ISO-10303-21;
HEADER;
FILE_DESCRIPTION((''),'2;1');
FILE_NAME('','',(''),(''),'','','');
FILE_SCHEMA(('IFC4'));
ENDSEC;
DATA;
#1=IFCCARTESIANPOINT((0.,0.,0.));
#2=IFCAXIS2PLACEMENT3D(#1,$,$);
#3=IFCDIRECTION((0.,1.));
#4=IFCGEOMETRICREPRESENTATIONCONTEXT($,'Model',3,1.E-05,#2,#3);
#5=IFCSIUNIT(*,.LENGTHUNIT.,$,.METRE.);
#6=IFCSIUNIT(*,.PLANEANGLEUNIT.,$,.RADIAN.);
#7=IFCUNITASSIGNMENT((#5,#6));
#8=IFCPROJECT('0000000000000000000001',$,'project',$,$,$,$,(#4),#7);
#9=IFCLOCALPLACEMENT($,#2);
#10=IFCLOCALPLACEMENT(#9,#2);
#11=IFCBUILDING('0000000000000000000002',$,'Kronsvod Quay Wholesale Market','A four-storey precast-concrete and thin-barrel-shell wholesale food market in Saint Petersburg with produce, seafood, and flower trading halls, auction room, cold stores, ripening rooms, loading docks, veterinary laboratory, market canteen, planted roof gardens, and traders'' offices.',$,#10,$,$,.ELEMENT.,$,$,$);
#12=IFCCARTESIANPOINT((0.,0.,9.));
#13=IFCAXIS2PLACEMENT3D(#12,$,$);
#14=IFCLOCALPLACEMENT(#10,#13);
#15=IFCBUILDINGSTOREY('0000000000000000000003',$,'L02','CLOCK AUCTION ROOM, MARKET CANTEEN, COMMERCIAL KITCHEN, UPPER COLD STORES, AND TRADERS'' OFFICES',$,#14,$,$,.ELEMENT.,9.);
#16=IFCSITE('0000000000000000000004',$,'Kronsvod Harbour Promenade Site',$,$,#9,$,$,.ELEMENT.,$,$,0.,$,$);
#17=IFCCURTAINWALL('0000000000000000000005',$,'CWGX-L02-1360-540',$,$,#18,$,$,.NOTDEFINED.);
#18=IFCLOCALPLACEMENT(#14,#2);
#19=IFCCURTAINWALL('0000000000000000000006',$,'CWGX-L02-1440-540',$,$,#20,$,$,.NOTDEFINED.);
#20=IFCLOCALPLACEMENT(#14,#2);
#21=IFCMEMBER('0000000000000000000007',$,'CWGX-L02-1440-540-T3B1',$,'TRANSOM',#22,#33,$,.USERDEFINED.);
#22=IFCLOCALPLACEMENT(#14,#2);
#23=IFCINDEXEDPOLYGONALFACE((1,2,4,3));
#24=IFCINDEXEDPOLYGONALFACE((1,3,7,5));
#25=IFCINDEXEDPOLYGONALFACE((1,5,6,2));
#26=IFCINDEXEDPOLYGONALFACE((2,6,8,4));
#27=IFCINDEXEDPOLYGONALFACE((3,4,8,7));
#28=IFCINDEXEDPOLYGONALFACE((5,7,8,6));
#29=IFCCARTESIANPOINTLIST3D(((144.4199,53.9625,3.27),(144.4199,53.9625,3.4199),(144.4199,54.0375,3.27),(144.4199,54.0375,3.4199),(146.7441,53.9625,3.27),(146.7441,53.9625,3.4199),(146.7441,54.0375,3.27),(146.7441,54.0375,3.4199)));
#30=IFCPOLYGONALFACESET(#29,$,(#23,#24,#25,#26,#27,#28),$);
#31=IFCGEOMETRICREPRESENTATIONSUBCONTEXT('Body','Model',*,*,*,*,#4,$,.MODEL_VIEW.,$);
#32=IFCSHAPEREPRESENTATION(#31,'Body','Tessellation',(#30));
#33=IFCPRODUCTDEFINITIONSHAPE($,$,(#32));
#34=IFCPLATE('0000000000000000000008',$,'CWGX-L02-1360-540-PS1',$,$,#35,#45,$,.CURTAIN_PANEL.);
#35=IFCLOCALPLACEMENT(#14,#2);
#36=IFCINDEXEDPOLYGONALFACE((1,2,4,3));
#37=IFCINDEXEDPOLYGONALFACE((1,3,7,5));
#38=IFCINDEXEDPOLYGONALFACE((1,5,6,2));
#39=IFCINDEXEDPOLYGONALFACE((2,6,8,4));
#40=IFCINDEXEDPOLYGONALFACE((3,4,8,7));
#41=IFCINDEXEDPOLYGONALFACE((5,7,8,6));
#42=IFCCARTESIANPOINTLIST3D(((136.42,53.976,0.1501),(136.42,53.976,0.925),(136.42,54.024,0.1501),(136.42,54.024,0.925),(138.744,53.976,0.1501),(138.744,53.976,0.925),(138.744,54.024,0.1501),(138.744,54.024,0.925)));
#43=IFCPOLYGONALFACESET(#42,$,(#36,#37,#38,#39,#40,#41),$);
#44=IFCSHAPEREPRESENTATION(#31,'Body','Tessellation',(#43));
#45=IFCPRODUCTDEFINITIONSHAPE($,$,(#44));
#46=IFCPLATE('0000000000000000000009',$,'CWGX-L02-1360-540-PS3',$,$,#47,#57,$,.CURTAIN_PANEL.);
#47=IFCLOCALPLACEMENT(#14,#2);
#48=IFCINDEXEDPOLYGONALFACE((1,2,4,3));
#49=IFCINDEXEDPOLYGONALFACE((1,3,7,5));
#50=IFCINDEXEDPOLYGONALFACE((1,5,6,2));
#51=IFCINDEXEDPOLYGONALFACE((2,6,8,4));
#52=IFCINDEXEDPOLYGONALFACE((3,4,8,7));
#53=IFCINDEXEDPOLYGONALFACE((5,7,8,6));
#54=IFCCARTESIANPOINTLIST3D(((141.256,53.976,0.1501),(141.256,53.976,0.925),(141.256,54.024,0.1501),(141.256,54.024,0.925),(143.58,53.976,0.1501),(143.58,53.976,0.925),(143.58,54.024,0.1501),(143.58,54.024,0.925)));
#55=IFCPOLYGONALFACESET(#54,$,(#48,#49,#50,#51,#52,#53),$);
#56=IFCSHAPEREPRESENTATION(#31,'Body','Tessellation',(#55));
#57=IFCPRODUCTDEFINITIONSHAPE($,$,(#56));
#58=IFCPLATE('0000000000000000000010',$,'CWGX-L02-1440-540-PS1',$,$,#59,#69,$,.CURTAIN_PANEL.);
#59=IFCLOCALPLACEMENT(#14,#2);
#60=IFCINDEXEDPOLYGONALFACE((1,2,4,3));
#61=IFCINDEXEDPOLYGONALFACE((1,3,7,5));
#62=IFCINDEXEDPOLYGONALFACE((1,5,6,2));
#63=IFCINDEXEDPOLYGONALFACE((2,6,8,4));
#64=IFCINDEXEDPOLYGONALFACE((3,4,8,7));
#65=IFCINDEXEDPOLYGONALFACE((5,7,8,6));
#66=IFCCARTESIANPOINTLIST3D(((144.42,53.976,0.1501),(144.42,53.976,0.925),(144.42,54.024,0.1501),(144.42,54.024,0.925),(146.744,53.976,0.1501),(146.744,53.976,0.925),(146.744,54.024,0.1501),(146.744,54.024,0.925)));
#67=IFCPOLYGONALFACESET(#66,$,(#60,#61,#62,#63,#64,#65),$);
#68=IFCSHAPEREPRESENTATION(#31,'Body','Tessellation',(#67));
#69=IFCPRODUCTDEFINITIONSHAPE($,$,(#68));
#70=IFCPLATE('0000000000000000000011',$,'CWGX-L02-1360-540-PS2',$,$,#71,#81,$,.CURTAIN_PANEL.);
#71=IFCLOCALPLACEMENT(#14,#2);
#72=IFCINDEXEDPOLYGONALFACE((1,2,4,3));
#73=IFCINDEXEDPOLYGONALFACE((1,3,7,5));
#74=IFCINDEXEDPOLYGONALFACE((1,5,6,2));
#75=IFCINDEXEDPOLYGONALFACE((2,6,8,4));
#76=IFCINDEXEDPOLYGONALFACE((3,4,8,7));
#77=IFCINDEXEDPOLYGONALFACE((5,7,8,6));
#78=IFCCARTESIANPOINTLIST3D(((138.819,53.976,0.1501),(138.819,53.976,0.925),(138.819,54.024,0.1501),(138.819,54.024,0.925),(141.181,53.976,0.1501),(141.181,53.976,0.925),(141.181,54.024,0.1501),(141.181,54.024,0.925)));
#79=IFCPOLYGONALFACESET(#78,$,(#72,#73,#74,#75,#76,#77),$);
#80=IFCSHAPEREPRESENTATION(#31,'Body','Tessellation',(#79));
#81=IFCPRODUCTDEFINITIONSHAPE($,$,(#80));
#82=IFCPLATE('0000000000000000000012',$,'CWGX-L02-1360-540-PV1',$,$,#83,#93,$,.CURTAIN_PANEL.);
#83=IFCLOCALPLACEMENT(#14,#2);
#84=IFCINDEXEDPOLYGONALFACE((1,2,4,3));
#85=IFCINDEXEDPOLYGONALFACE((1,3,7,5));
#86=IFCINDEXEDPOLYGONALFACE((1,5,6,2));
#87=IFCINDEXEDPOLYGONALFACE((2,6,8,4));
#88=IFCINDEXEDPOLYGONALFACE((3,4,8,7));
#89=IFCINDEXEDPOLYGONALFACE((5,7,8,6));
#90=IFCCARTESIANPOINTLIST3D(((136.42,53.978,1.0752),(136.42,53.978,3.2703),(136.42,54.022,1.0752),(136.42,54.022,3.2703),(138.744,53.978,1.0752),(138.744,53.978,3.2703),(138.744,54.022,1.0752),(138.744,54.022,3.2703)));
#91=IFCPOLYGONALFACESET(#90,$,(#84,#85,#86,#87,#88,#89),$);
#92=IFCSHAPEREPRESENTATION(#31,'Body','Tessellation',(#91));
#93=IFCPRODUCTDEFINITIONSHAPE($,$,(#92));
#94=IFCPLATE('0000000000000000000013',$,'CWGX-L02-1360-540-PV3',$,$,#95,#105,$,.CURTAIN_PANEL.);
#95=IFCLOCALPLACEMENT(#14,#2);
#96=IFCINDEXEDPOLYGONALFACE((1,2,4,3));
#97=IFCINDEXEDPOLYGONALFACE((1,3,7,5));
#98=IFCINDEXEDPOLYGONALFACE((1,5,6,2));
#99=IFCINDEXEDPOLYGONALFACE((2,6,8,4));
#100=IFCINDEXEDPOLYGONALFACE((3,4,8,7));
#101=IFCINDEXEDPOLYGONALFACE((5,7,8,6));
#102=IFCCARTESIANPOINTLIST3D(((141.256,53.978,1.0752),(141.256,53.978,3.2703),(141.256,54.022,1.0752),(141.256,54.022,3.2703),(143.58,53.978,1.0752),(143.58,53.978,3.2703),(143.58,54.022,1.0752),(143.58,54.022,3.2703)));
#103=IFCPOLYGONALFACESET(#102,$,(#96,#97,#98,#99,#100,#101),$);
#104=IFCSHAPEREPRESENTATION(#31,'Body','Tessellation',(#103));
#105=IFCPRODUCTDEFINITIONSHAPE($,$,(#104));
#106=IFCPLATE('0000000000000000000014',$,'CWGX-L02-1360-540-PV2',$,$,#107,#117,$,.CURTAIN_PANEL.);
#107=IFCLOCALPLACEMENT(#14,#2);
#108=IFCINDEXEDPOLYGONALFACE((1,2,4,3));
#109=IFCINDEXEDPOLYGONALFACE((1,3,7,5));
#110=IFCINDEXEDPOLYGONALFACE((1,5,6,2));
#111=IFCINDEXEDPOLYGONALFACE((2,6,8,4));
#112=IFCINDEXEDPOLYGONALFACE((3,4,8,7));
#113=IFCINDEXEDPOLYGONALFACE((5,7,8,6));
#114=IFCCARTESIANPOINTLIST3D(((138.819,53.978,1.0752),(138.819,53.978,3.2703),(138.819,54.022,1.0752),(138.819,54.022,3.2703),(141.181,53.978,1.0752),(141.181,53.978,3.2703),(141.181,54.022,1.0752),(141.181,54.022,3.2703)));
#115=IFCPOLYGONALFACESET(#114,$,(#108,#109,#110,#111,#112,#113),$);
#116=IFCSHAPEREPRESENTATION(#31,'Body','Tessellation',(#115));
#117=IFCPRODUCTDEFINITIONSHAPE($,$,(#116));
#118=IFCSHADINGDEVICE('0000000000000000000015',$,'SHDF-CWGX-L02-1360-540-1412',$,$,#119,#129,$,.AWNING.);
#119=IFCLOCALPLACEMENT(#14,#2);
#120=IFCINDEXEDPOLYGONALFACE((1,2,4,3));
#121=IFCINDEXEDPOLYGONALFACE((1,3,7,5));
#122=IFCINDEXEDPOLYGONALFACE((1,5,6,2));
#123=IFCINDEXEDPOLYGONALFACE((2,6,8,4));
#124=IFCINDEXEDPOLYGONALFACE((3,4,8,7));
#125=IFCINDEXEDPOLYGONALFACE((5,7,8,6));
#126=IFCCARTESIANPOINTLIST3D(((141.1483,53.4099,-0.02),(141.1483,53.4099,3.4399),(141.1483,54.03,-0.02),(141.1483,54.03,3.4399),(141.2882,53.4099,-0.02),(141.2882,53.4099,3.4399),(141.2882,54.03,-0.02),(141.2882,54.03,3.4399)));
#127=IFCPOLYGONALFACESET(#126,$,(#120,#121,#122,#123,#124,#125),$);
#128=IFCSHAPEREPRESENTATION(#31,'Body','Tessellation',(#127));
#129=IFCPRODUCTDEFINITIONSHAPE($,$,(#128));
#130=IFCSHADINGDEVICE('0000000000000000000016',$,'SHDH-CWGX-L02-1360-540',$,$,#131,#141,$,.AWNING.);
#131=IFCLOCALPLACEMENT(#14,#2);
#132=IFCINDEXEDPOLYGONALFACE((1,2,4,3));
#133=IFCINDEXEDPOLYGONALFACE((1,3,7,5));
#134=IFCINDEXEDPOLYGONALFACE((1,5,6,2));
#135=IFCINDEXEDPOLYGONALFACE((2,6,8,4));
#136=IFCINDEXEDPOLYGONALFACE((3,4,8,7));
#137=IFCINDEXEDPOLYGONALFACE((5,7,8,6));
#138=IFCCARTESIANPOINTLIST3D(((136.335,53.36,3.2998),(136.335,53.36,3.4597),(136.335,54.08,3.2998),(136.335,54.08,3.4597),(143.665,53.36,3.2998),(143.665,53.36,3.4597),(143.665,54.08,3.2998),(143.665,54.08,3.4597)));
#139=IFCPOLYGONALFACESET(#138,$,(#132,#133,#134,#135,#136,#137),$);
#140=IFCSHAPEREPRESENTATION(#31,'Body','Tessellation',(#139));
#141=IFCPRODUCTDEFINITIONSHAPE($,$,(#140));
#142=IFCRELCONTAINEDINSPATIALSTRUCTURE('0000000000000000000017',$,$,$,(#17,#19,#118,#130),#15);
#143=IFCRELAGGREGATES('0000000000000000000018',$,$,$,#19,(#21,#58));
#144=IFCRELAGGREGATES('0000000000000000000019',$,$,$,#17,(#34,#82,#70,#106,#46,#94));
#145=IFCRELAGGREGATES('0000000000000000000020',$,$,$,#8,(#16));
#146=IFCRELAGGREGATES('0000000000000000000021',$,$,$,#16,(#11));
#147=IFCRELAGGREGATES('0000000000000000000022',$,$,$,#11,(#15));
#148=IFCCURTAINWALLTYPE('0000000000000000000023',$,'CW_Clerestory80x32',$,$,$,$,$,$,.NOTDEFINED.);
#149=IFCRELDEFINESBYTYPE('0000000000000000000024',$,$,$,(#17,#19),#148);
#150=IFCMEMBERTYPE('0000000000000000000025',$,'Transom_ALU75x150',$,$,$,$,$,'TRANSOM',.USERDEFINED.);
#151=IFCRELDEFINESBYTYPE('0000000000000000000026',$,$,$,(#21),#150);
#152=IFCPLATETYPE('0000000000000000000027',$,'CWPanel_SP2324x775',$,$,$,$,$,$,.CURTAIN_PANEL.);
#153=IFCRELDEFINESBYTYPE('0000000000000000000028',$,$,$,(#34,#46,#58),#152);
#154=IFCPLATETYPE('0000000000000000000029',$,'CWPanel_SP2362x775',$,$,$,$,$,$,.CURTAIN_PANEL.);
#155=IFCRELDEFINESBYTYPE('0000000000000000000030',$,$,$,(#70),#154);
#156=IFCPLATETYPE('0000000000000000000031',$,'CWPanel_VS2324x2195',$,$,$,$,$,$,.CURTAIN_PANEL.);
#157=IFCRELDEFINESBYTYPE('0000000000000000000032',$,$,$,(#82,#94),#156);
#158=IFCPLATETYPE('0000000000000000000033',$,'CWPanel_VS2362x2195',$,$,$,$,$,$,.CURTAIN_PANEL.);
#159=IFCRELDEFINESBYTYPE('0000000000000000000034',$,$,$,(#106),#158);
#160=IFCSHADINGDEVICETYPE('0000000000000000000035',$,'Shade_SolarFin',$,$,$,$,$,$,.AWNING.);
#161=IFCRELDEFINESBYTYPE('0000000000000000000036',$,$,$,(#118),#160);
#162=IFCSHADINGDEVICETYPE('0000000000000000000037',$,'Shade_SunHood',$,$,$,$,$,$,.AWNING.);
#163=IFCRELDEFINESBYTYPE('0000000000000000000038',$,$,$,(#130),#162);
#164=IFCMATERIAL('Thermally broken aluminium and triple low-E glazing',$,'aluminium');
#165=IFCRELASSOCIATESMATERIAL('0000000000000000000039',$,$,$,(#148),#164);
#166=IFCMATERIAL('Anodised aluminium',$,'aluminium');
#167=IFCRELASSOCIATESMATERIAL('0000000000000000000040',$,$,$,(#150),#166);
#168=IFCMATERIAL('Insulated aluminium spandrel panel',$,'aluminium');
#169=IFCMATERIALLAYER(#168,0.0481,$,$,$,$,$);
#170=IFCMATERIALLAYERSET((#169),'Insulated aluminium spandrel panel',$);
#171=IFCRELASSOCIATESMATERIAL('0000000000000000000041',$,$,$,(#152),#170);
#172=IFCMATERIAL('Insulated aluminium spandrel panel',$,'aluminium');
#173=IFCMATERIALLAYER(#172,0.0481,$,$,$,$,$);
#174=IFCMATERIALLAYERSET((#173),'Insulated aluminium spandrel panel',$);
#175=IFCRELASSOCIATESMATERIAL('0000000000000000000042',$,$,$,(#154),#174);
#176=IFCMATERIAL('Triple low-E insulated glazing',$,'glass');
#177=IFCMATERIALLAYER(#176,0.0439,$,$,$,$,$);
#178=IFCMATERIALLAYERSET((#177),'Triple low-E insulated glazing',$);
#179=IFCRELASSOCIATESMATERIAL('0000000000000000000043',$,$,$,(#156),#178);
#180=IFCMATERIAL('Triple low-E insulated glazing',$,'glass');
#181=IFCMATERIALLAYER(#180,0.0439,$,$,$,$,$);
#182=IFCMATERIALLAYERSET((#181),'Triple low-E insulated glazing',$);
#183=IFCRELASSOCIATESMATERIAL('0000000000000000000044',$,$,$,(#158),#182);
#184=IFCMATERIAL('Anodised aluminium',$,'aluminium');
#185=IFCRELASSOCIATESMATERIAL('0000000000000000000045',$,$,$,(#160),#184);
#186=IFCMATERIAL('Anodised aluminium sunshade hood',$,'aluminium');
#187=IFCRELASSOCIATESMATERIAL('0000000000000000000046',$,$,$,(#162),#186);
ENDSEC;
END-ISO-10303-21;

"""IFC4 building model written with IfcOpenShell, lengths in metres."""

from ifc_helpers import new_model, si_unit, direction, frame, origin, origin_2d, place, context, subcontext, project, spatial, rectangle, extrude, material, layer, layer_set, material_profile, profile_set, type_object, element, aggregate, save


model = new_model("IFC4")

# Units and contexts
model_context = context("Model", 3, precision=1e-05, world=origin(), true_north=direction((0.0, 1.0)))
body_context = subcontext(model_context, "Body", "Model", "MODEL_VIEW")
ifc_project = project(units=[si_unit("LENGTHUNIT", "METRE"), si_unit("PLANEANGLEUNIT", "RADIAN")], contexts=[model_context])

# Site, building, storey
site_placement = place(None, origin())
site = spatial("IfcSite", under=ifc_project, at=site_placement, Name="Kronsvod Harbour Promenade Site", CompositionType="ELEMENT", RefElevation=0.0)
building_placement = place(site_placement, origin())
building = spatial("IfcBuilding", under=site, at=building_placement, Name="Kronsvod Quay Wholesale Market", Description="A four-storey precast-concrete and thin-barrel-shell wholesale food market in Saint Petersburg with produce, seafood, and flower trading halls, auction room, cold stores, ripening rooms, loading docks, veterinary laboratory, market canteen, planted roof gardens, and traders' offices.", CompositionType="ELEMENT")
storey_placement = place(building_placement, frame((0.0, 0.0, 9.0)))
storey = spatial("IfcBuildingStorey", under=building, at=storey_placement, Name="L02", Description="CLOCK AUCTION ROOM, MARKET CANTEEN, COMMERCIAL KITCHEN, UPPER COLD STORES, AND TRADERS' OFFICES", CompositionType="ELEMENT", Elevation=9.0)

# Curtain wall
ifc_material_1 = material(Name="Thermally broken aluminium and triple low-E glazing", Category="aluminium")
curtain_wall_type = type_object("IfcCurtainWallType", Name="CW_Clerestory80x32", PredefinedType="NOTDEFINED", material=ifc_material_1)
curtain_wall_1_placement = place(storey_placement, origin())
curtain_wall_1 = element("IfcCurtainWall", 1, at=curtain_wall_1_placement, inside=storey, type_object=curtain_wall_type, Name="CWGX-L02-1360-540", PredefinedType="NOTDEFINED")

# Curtain wall
curtain_wall_2_placement = place(storey_placement, origin())
curtain_wall_2 = element("IfcCurtainWall", 2, at=curtain_wall_2_placement, inside=storey, type_object=curtain_wall_type, Name="CWGX-L02-1440-540", PredefinedType="NOTDEFINED")

# Member
ifc_material_2 = material(Name="Anodised aluminium", Category="aluminium")
ifc_material_profile_1 = material_profile(ifc_material_2, rectangle(XDim=0.075, YDim=0.1499, at=origin_2d()), Name="ALUT75x150")
ifc_profile_set_1 = profile_set([ifc_material_profile_1], Name="Anodised aluminium")
member_type_1 = type_object("IfcMemberType", Name="Transom_ALU75x150", ElementType="TRANSOM", PredefinedType="USERDEFINED", material=ifc_profile_set_1)
member_1_placement = place(storey_placement, frame((144.4199, 54.0, 3.345), z_axis=(1.0, 0.0, 0.0), x_axis=(0.0, 1.0, 0.0)))
member_1 = element("IfcMember", 3, at=member_1_placement, type_object=member_type_1, Name="CWGX-L02-1440-540-T3B1", ObjectType="TRANSOM", PredefinedType="USERDEFINED", context=body_context, shape_type="SweptSolid", body=[
    extrude(rectangle(XDim=0.075, YDim=0.1499, at=origin_2d()), origin(), (0.0, 0.0, 1.0), 2.3242),
])

# Plates
ifc_material_3 = material(Name="Insulated aluminium spandrel panel", Category="aluminium")
ifc_layer_1 = layer(ifc_material_3, 0.0481)
ifc_layer_set_1 = layer_set([ifc_layer_1], Name="Insulated aluminium spandrel panel")
plate_type_1 = type_object("IfcPlateType", Name="CWPanel_SP2324x775", PredefinedType="CURTAIN_PANEL", material=ifc_layer_set_1)
plate_1_placement = place(storey_placement, frame((137.582, 54.0, 0.1501), z_axis=(0.0, 0.0, 1.0), x_axis=(1.0, 0.0, 0.0)))
plate_1 = element("IfcPlate", 4, at=plate_1_placement, type_object=plate_type_1, Name="CWGX-L02-1360-540-PS1", PredefinedType="CURTAIN_PANEL", context=body_context, shape_type="SweptSolid", body=[
    extrude(rectangle(XDim=2.324, YDim=0.0481, at=origin_2d()), origin(), (0.0, 0.0, 1.0), 0.7749),
])
plate_2_placement = place(storey_placement, frame((142.418, 54.0, 0.1501), z_axis=(0.0, 0.0, 1.0), x_axis=(1.0, 0.0, 0.0)))
plate_2 = element("IfcPlate", 5, at=plate_2_placement, type_object=plate_type_1, Name="CWGX-L02-1360-540-PS3", PredefinedType="CURTAIN_PANEL", context=body_context, shape_type="SweptSolid", body=[
    extrude(rectangle(XDim=2.324, YDim=0.0481, at=origin_2d()), origin(), (0.0, 0.0, 1.0), 0.7749),
])
plate_3_placement = place(storey_placement, frame((145.582, 54.0, 0.1501), z_axis=(0.0, 0.0, 1.0), x_axis=(1.0, 0.0, 0.0)))
plate_3 = element("IfcPlate", 6, at=plate_3_placement, type_object=plate_type_1, Name="CWGX-L02-1440-540-PS1", PredefinedType="CURTAIN_PANEL", context=body_context, shape_type="SweptSolid", body=[
    extrude(rectangle(XDim=2.324, YDim=0.0481, at=origin_2d()), origin(), (0.0, 0.0, 1.0), 0.7749),
])
aggregate(curtain_wall_2, [member_1, plate_3])
ifc_material_4 = material(Name="Insulated aluminium spandrel panel", Category="aluminium")
ifc_layer_2 = layer(ifc_material_4, 0.0481)
ifc_layer_set_2 = layer_set([ifc_layer_2], Name="Insulated aluminium spandrel panel")
plate_type_2 = type_object("IfcPlateType", Name="CWPanel_SP2362x775", PredefinedType="CURTAIN_PANEL", material=ifc_layer_set_2)
plate_4_placement = place(storey_placement, frame((140.0, 54.0, 0.1501), z_axis=(0.0, 0.0, 1.0), x_axis=(1.0, 0.0, 0.0)))
plate_4 = element("IfcPlate", 7, at=plate_4_placement, type_object=plate_type_2, Name="CWGX-L02-1360-540-PS2", PredefinedType="CURTAIN_PANEL", context=body_context, shape_type="SweptSolid", body=[
    extrude(rectangle(XDim=2.3621, YDim=0.0481, at=origin_2d()), origin(), (0.0, 0.0, 1.0), 0.7749),
])
ifc_material_5 = material(Name="Triple low-E insulated glazing", Category="glass")
ifc_layer_3 = layer(ifc_material_5, 0.0439)
ifc_layer_set_3 = layer_set([ifc_layer_3], Name="Triple low-E insulated glazing")
plate_type_3 = type_object("IfcPlateType", Name="CWPanel_VS2324x2195", PredefinedType="CURTAIN_PANEL", material=ifc_layer_set_3)
plate_5_placement = place(storey_placement, frame((137.582, 54.0, 1.0752), z_axis=(0.0, 0.0, 1.0), x_axis=(1.0, 0.0, 0.0)))
plate_5 = element("IfcPlate", 8, at=plate_5_placement, type_object=plate_type_3, Name="CWGX-L02-1360-540-PV1", PredefinedType="CURTAIN_PANEL", context=body_context, shape_type="SweptSolid", body=[
    extrude(rectangle(XDim=2.324, YDim=0.0439, at=origin_2d()), origin(), (0.0, 0.0, 1.0), 2.1951),
])
plate_6_placement = place(storey_placement, frame((142.418, 54.0, 1.0752), z_axis=(0.0, 0.0, 1.0), x_axis=(1.0, 0.0, 0.0)))
plate_6 = element("IfcPlate", 9, at=plate_6_placement, type_object=plate_type_3, Name="CWGX-L02-1360-540-PV3", PredefinedType="CURTAIN_PANEL", context=body_context, shape_type="SweptSolid", body=[
    extrude(rectangle(XDim=2.324, YDim=0.0439, at=origin_2d()), origin(), (0.0, 0.0, 1.0), 2.1951),
])
ifc_material_6 = material(Name="Triple low-E insulated glazing", Category="glass")
ifc_layer_4 = layer(ifc_material_6, 0.0439)
ifc_layer_set_4 = layer_set([ifc_layer_4], Name="Triple low-E insulated glazing")
plate_type_4 = type_object("IfcPlateType", Name="CWPanel_VS2362x2195", PredefinedType="CURTAIN_PANEL", material=ifc_layer_set_4)
plate_7_placement = place(storey_placement, frame((140.0, 54.0, 1.0752), z_axis=(0.0, 0.0, 1.0), x_axis=(1.0, 0.0, 0.0)))
plate_7 = element("IfcPlate", 10, at=plate_7_placement, type_object=plate_type_4, Name="CWGX-L02-1360-540-PV2", PredefinedType="CURTAIN_PANEL", context=body_context, shape_type="SweptSolid", body=[
    extrude(rectangle(XDim=2.3621, YDim=0.0439, at=origin_2d()), origin(), (0.0, 0.0, 1.0), 2.1951),
])
aggregate(curtain_wall_1, [plate_1, plate_5, plate_4, plate_7, plate_2, plate_6])

# Shading devices
ifc_material_7 = material(Name="Anodised aluminium", Category="aluminium")
shading_device_type_1 = type_object("IfcShadingDeviceType", Name="Shade_SolarFin", PredefinedType="AWNING", material=ifc_material_7)
shading_device_1_placement = place(storey_placement, frame((141.2183, 53.72, -0.02), z_axis=(0.0, 0.0, 1.0), x_axis=(1.0, 0.0, 0.0)))
element("IfcShadingDevice", 11, at=shading_device_1_placement, inside=storey, type_object=shading_device_type_1, Name="SHDF-CWGX-L02-1360-540-1412", PredefinedType="AWNING", context=body_context, shape_type="SweptSolid", body=[
    extrude(rectangle(XDim=0.1399, YDim=0.6201, at=origin_2d()), origin(), (0.0, 0.0, 1.0), 3.46),
])
ifc_material_8 = material(Name="Anodised aluminium sunshade hood", Category="aluminium")
shading_device_type_2 = type_object("IfcShadingDeviceType", Name="Shade_SunHood", PredefinedType="AWNING", material=ifc_material_8)
shading_device_2_placement = place(storey_placement, frame((140.0, 53.72, 3.2998), z_axis=(0.0, 0.0, 1.0), x_axis=(1.0, 0.0, 0.0)))
element("IfcShadingDevice", 12, at=shading_device_2_placement, inside=storey, type_object=shading_device_type_2, Name="SHDH-CWGX-L02-1360-540", PredefinedType="AWNING", context=body_context, shape_type="SweptSolid", body=[
    extrude(rectangle(XDim=7.3301, YDim=0.72, at=origin_2d()), origin(), (0.0, 0.0, 1.0), 0.1599),
])

save(model, "model.ifc")
